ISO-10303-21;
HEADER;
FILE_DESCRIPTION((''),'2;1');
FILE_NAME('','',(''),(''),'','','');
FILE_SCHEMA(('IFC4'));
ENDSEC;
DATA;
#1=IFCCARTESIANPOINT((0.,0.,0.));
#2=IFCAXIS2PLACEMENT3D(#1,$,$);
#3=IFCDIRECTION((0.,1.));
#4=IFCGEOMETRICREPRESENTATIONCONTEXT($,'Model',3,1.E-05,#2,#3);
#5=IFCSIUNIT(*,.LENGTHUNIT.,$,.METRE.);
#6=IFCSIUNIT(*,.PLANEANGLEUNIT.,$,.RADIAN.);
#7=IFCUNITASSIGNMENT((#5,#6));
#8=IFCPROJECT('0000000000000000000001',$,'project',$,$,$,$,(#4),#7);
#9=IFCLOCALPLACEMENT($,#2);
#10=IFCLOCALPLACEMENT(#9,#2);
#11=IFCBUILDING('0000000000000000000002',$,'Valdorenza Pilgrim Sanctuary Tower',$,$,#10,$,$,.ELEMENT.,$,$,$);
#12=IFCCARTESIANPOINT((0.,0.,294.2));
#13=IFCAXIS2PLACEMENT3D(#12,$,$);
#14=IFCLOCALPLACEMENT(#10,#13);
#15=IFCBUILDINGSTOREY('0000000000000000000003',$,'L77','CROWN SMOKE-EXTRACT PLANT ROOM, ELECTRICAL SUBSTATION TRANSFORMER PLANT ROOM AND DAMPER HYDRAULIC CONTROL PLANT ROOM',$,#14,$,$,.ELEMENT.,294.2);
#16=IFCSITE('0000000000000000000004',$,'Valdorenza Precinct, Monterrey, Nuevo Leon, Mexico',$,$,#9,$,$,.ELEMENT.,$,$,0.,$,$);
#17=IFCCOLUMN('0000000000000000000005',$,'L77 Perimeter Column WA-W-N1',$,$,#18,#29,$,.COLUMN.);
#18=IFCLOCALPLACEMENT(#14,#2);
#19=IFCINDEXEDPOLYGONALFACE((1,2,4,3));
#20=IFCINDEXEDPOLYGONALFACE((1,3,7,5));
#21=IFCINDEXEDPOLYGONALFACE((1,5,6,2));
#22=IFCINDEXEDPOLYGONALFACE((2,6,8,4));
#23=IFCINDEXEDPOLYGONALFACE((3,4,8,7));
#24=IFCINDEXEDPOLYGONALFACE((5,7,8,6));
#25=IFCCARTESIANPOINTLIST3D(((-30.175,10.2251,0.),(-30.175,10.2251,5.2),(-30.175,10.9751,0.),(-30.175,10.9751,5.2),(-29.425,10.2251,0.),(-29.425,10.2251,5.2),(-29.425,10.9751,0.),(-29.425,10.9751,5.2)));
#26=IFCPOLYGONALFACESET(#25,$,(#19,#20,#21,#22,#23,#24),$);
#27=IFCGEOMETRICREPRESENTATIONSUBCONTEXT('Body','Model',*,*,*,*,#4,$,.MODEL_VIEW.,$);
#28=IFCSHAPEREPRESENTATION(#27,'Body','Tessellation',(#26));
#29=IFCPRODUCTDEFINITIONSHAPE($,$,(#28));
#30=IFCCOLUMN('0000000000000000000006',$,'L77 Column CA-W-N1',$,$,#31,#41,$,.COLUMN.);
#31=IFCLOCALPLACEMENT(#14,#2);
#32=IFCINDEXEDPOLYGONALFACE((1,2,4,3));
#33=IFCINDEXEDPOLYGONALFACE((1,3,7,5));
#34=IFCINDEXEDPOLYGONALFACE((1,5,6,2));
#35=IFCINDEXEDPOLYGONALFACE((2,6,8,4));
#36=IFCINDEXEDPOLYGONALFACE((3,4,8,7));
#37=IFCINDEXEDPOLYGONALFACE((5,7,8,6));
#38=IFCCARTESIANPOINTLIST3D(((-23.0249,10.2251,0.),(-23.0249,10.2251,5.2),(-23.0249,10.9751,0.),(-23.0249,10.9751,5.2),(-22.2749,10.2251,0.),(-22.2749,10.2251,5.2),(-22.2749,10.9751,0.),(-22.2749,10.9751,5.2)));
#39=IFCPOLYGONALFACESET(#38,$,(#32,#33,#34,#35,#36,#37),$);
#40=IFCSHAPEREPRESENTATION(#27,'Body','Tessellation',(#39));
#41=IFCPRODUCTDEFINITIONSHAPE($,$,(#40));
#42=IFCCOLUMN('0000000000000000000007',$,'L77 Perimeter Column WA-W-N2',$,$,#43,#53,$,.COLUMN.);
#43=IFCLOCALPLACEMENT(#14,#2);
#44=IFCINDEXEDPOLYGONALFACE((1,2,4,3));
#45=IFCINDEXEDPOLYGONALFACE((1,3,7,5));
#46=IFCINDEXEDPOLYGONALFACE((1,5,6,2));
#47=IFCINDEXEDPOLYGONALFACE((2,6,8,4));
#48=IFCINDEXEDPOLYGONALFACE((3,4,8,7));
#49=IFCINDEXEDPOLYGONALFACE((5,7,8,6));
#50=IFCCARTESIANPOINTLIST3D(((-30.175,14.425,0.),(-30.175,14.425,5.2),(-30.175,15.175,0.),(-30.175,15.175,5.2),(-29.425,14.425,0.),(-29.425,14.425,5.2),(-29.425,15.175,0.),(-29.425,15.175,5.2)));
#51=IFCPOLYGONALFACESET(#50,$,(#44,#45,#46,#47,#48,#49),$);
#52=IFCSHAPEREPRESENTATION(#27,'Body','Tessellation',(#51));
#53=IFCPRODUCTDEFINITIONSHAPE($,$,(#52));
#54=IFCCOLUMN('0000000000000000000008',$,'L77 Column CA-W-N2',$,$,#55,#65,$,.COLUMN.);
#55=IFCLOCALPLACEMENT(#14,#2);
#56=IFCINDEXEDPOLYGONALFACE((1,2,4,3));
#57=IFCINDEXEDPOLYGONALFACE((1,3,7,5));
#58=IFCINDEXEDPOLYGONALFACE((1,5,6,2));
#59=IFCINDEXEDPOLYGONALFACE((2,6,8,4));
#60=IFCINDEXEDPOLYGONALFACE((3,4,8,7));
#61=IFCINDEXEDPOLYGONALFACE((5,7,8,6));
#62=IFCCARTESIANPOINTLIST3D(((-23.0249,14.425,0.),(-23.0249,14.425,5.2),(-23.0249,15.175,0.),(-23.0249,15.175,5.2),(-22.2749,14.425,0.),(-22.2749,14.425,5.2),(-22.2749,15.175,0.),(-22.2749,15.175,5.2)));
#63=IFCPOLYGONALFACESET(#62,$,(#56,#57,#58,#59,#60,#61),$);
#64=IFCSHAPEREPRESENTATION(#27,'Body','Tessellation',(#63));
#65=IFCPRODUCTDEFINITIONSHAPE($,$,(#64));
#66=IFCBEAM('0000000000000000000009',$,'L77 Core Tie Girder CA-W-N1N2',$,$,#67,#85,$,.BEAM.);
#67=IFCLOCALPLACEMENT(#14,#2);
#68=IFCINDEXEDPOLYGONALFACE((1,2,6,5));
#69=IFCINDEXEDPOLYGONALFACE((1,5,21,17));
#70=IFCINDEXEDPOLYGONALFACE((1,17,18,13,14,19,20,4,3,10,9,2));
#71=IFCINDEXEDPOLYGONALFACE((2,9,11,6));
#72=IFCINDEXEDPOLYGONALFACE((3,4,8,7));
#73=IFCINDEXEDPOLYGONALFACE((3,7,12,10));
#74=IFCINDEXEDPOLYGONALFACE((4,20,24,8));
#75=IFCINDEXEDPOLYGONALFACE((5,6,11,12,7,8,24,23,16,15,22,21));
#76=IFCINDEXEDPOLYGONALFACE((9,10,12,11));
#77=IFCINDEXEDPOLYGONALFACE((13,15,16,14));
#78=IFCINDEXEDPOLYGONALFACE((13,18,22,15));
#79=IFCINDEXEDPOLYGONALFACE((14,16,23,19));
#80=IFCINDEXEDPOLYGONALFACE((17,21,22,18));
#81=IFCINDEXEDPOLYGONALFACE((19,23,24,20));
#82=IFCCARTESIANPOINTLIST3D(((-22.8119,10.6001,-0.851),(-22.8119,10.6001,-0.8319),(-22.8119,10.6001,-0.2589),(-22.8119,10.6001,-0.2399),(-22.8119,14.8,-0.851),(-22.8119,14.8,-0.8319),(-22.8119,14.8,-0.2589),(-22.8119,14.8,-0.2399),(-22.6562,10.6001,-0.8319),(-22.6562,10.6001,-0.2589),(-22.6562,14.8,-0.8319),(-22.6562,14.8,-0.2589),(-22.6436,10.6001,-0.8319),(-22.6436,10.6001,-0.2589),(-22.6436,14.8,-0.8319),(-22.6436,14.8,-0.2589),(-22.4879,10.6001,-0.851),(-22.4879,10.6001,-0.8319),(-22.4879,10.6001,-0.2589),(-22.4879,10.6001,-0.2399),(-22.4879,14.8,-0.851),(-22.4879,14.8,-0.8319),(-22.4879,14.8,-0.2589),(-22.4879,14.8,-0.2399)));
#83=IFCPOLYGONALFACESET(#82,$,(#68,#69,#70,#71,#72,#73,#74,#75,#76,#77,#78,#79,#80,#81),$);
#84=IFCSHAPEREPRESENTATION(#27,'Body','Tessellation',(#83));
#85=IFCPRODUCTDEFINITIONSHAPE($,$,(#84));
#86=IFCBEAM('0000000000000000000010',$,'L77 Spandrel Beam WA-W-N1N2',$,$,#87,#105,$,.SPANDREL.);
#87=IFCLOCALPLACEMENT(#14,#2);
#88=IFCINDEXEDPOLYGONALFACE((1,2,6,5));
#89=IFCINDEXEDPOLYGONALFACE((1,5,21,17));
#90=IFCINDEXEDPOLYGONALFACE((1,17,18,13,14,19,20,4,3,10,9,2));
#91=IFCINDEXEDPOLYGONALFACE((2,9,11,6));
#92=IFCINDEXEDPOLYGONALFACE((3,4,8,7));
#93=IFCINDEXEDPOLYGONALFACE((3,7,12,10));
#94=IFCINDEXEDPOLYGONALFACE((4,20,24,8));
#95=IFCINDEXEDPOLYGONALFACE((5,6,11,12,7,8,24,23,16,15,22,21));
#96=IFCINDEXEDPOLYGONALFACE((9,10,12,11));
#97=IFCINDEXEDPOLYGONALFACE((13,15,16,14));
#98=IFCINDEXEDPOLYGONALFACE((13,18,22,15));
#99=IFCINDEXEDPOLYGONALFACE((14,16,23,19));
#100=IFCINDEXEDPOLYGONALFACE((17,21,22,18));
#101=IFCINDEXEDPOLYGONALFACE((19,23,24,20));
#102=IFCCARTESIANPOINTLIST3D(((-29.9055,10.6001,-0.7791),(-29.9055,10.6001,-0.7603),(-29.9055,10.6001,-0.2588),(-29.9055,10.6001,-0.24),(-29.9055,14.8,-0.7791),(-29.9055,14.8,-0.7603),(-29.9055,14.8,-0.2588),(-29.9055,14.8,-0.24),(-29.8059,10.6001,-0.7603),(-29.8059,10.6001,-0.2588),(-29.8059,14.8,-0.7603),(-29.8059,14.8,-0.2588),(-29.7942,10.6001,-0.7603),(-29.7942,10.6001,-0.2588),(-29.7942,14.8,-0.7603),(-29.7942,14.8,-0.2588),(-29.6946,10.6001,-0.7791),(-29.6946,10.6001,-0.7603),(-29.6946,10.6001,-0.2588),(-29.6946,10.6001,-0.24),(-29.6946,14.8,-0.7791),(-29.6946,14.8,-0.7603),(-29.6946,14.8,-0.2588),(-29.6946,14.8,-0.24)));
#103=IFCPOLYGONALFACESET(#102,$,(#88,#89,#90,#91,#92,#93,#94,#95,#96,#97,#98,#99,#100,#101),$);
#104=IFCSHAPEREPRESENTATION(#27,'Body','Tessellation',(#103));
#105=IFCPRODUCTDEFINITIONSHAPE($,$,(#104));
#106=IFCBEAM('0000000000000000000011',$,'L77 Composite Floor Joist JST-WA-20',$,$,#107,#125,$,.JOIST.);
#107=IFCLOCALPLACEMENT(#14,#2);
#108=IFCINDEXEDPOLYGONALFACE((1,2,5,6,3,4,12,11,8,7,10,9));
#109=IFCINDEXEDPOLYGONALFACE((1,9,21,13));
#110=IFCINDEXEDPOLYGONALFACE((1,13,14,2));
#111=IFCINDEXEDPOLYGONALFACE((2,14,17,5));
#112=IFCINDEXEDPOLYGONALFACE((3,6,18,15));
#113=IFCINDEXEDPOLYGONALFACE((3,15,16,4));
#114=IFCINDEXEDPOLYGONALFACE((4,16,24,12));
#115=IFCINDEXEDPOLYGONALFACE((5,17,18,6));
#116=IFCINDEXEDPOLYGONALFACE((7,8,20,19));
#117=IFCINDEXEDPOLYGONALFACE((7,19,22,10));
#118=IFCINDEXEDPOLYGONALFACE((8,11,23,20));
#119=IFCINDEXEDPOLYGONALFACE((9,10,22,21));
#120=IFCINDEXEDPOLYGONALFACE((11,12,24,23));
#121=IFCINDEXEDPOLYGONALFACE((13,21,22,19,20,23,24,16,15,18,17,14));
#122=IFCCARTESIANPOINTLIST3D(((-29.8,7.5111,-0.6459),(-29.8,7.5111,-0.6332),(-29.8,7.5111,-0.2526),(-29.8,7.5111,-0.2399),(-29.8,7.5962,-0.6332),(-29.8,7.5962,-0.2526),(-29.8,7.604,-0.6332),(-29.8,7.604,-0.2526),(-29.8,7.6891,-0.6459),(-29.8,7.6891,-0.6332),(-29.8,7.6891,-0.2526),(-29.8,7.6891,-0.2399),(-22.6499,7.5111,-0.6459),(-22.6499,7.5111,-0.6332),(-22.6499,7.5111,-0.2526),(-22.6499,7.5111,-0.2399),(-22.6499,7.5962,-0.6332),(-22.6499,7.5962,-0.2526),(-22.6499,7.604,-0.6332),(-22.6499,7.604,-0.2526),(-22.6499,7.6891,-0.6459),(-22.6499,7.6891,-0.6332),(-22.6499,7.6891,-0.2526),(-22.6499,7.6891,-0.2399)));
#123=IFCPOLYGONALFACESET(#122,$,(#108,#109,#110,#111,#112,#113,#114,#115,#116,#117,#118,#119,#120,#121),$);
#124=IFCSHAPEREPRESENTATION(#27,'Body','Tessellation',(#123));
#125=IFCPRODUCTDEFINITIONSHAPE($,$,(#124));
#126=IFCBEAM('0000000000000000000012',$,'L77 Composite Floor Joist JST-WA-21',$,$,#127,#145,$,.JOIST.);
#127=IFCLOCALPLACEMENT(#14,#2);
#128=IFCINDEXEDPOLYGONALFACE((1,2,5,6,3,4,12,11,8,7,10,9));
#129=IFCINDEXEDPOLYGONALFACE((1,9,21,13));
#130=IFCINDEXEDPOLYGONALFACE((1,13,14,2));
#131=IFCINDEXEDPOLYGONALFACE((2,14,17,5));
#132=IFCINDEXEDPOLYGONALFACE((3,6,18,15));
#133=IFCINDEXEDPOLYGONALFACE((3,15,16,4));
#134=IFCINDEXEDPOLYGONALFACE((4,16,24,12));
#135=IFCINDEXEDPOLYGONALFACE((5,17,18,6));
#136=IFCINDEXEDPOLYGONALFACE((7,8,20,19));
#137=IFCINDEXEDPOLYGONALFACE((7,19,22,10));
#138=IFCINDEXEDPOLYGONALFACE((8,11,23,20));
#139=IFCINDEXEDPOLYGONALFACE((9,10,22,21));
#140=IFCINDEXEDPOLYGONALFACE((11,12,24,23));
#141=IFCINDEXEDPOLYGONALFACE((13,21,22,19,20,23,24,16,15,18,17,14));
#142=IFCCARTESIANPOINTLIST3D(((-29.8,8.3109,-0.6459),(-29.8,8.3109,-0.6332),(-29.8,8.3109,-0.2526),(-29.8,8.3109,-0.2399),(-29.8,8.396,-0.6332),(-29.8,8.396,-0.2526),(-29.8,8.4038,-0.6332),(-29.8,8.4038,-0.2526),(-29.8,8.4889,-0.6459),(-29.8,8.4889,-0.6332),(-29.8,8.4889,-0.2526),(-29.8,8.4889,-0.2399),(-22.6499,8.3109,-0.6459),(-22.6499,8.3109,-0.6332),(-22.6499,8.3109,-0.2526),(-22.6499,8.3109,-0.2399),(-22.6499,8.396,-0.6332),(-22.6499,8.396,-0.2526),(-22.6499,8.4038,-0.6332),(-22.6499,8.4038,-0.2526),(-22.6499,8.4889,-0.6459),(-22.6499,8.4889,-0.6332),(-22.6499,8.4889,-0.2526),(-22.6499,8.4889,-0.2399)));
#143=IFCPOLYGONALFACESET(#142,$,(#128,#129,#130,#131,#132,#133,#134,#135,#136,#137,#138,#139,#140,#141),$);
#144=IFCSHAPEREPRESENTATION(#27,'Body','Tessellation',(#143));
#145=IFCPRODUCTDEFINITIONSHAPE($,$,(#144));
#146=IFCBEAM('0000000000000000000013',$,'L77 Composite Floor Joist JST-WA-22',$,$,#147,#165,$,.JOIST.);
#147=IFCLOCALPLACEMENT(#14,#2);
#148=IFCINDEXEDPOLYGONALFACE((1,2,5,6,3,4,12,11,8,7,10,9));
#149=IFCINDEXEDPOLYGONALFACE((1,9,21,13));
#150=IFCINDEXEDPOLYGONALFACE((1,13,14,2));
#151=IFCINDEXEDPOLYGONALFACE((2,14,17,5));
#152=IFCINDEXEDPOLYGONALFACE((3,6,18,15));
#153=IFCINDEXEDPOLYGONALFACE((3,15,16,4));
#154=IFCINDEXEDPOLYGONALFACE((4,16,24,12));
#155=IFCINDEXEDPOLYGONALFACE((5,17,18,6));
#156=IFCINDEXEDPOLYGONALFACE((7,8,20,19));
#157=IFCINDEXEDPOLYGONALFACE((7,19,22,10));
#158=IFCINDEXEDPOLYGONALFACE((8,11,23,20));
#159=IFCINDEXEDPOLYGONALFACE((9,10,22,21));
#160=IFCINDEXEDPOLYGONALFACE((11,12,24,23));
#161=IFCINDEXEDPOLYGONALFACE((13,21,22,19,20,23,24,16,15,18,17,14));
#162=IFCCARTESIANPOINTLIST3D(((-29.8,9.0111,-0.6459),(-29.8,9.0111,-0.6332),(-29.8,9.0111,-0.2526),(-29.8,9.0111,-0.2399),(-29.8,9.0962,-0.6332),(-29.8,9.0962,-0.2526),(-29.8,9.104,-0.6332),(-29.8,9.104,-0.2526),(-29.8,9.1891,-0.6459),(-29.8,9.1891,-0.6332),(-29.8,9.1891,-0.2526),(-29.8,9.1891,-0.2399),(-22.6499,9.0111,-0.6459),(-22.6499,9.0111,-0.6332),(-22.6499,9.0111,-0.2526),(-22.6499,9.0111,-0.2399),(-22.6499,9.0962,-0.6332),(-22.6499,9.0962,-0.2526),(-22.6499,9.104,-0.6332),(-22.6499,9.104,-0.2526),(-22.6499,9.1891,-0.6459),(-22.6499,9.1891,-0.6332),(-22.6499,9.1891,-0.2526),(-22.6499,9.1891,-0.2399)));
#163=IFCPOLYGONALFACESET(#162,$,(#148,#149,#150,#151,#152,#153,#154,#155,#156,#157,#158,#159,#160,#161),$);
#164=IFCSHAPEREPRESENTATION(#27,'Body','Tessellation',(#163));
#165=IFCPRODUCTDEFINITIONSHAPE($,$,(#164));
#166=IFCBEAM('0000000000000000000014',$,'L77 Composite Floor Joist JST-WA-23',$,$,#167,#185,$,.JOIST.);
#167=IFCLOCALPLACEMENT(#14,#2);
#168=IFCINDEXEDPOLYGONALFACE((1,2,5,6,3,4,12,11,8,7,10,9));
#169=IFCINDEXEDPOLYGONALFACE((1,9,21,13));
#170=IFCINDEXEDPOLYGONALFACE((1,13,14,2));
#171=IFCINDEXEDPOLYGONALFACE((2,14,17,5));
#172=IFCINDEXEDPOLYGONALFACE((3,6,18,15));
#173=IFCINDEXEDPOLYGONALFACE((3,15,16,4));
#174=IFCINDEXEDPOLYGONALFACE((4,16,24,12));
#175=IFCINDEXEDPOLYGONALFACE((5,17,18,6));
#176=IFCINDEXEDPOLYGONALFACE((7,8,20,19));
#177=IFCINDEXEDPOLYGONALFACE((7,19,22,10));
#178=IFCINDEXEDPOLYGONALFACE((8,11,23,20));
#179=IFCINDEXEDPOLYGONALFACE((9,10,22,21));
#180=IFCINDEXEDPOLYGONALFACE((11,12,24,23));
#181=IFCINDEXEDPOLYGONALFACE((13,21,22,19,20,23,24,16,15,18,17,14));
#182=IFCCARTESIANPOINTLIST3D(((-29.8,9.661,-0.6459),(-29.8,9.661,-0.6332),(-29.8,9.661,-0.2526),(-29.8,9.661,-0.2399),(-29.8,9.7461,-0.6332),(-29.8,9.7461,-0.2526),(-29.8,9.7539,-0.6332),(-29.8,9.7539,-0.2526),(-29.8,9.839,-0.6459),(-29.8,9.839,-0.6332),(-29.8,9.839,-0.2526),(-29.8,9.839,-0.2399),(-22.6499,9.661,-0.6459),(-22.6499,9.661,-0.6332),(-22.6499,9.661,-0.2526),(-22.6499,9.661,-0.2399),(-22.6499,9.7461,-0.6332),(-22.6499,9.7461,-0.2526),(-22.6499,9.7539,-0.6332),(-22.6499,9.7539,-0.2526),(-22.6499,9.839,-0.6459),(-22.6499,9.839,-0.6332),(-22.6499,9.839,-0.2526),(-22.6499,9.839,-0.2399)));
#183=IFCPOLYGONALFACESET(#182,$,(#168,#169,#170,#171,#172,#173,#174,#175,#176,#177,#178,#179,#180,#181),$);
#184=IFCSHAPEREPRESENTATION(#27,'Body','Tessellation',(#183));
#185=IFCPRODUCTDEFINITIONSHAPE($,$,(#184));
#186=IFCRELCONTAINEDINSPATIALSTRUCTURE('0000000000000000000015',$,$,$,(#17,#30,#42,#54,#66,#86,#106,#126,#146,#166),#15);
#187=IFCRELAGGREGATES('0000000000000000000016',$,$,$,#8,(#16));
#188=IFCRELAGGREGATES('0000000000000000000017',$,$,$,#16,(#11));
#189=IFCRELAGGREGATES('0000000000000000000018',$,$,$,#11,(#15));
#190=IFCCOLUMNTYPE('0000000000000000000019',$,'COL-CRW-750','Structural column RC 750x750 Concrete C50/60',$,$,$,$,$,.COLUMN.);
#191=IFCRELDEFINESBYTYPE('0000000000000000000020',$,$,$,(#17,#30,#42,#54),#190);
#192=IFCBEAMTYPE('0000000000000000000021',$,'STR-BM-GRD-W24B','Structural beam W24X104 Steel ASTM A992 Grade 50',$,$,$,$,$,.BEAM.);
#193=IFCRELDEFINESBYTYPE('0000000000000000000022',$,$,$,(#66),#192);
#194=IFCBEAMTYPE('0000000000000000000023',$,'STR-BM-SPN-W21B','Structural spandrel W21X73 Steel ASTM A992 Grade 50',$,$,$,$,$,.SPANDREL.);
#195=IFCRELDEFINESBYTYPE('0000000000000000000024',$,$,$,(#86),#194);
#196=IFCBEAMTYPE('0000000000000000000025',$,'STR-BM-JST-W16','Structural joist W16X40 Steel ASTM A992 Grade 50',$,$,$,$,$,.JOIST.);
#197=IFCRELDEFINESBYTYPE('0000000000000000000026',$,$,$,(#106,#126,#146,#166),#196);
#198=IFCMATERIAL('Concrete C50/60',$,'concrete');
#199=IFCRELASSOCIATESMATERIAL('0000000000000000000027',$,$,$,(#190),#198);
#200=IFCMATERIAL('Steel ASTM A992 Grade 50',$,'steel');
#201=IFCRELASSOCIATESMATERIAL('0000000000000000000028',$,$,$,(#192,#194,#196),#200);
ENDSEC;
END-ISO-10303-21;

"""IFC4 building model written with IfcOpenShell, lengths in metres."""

from ifc_helpers import new_model, si_unit, direction, frame, origin, origin_2d, place, context, subcontext, project, spatial, rectangle, i_section, extrude, source, transform, mapped, material, material_profile, profile_set, type_object, element, save


model = new_model("IFC4")

# Units and contexts
model_context = context("Model", 3, precision=1e-05, world=origin(), true_north=direction((0.0, 1.0)))
body_context = subcontext(model_context, "Body", "Model", "MODEL_VIEW")
ifc_project = project(units=[si_unit("LENGTHUNIT", "METRE"), si_unit("PLANEANGLEUNIT", "RADIAN")], contexts=[model_context])

# Site, building, storey
site_placement = place(None, origin())
site = spatial("IfcSite", under=ifc_project, at=site_placement, Name="Valdorenza Precinct, Monterrey, Nuevo Leon, Mexico", CompositionType="ELEMENT", RefElevation=0.0)
building_placement = place(site_placement, origin())
building = spatial("IfcBuilding", under=site, at=building_placement, Name="Valdorenza Pilgrim Sanctuary Tower", CompositionType="ELEMENT")
storey_placement = place(building_placement, frame((0.0, 0.0, 294.2)))
storey = spatial("IfcBuildingStorey", under=building, at=storey_placement, Name="L77", Description="CROWN SMOKE-EXTRACT PLANT ROOM, ELECTRICAL SUBSTATION TRANSFORMER PLANT ROOM AND DAMPER HYDRAULIC CONTROL PLANT ROOM", CompositionType="ELEMENT", Elevation=294.2)

# Columns
ifc_material_1 = material(Name="Concrete C50/60", Category="concrete")
ifc_material_profile_1 = material_profile(ifc_material_1, rectangle(XDim=0.75, YDim=0.75, at=origin_2d()), Name="RC 750x750")
ifc_profile_set_1 = profile_set([ifc_material_profile_1], Name="Concrete C50/60")
column_type = type_object("IfcColumnType", Name="COL-CRW-750", Description="Structural column RC 750x750 Concrete C50/60", PredefinedType="COLUMN", material=ifc_profile_set_1)
shared_shape_1 = source(origin(), body_context, "Body", "SweptSolid", [
    extrude(rectangle(XDim=0.75, YDim=0.75, at=origin_2d()), origin(), (0.0, 0.0, 1.0), 5.2),
])
for number, where, z_axis, x_axis, name in (
    (1, (-29.8, 10.6001, 0.0), (0.0, 0.0, 1.0), (1.0, 0.0, 0.0), "L77 Perimeter Column WA-W-N1"),
    (2, (-22.6499, 10.6001, 0.0), (0.0, 0.0, 1.0), (1.0, 0.0, 0.0), "L77 Column CA-W-N1"),
    (3, (-29.8, 14.8, 0.0), (0.0, 0.0, 1.0), (1.0, 0.0, 0.0), "L77 Perimeter Column WA-W-N2"),
    (4, (-22.6499, 14.8, 0.0), (0.0, 0.0, 1.0), (1.0, 0.0, 0.0), "L77 Column CA-W-N2"),
):
    element("IfcColumn", number, at=place(storey_placement, frame(where, z_axis=z_axis, x_axis=x_axis)), inside=storey, type_object=column_type, Name=name, PredefinedType="COLUMN", context=body_context, shape_type="MappedRepresentation", body=[
        mapped(shared_shape_1, transform((0.0, 0.0, 0.0), x_axis=(1.0, 0.0, 0.0), y_axis=(0.0, 1.0, 0.0), z_axis=(0.0, 0.0, 1.0), scale=1.0)),
    ])

# Beams
ifc_material_2 = material(Name="Steel ASTM A992 Grade 50", Category="steel")
ifc_material_profile_2 = material_profile(ifc_material_2, i_section(OverallWidth=0.324, OverallDepth=0.6111, WebThickness=0.0127, FlangeThickness=0.019, at=origin_2d()), Name="W24X104")
ifc_profile_set_2 = profile_set([ifc_material_profile_2], Name="Steel ASTM A992 Grade 50")
beam_type_1 = type_object("IfcBeamType", Name="STR-BM-GRD-W24B", Description="Structural beam W24X104 Steel ASTM A992 Grade 50", PredefinedType="BEAM", material=ifc_profile_set_2)
shared_shape_2 = source(origin(), body_context, "Body", "SweptSolid", [
    extrude(i_section(OverallWidth=0.324, OverallDepth=0.6111, WebThickness=0.0127, FlangeThickness=0.019, at=origin_2d()), origin(), (0.0, 0.0, 1.0), 4.2),
])
beam_1_placement = place(storey_placement, frame((-22.6499, 10.6001, -0.5454), z_axis=(0.0, 1.0, 0.0), x_axis=(-1.0, 0.0, 0.0)))
element("IfcBeam", 5, at=beam_1_placement, inside=storey, type_object=beam_type_1, Name="L77 Core Tie Girder CA-W-N1N2", PredefinedType="BEAM", context=body_context, shape_type="MappedRepresentation", body=[
    mapped(shared_shape_2, transform((0.0, 0.0, 0.0), x_axis=(1.0, 0.0, 0.0), y_axis=(0.0, 1.0, 0.0), z_axis=(0.0, 0.0, 1.0), scale=1.0)),
])
ifc_material_profile_3 = material_profile(ifc_material_2, i_section(OverallWidth=0.2109, OverallDepth=0.5391, WebThickness=0.0117, FlangeThickness=0.0188, at=origin_2d()), Name="W21X73")
ifc_profile_set_3 = profile_set([ifc_material_profile_3], Name="Steel ASTM A992 Grade 50")
beam_type_2 = type_object("IfcBeamType", Name="STR-BM-SPN-W21B", Description="Structural spandrel W21X73 Steel ASTM A992 Grade 50", PredefinedType="SPANDREL", material=ifc_profile_set_3)
shared_shape_3 = source(origin(), body_context, "Body", "SweptSolid", [
    extrude(i_section(OverallWidth=0.2109, OverallDepth=0.5391, WebThickness=0.0117, FlangeThickness=0.0188, at=origin_2d()), origin(), (0.0, 0.0, 1.0), 4.2),
])
beam_2_placement = place(storey_placement, frame((-29.8, 10.6001, -0.5095), z_axis=(0.0, 1.0, 0.0), x_axis=(-1.0, 0.0, 0.0)))
element("IfcBeam", 6, at=beam_2_placement, inside=storey, type_object=beam_type_2, Name="L77 Spandrel Beam WA-W-N1N2", PredefinedType="SPANDREL", context=body_context, shape_type="MappedRepresentation", body=[
    mapped(shared_shape_3, transform((0.0, 0.0, 0.0), x_axis=(1.0, 0.0, 0.0), y_axis=(0.0, 1.0, 0.0), z_axis=(0.0, 0.0, 1.0), scale=1.0)),
])
ifc_material_profile_4 = material_profile(ifc_material_2, i_section(OverallWidth=0.178, OverallDepth=0.406, WebThickness=0.0078, FlangeThickness=0.0127, at=origin_2d()), Name="W16X40")
ifc_profile_set_4 = profile_set([ifc_material_profile_4], Name="Steel ASTM A992 Grade 50")
beam_type_3 = type_object("IfcBeamType", Name="STR-BM-JST-W16", Description="Structural joist W16X40 Steel ASTM A992 Grade 50", PredefinedType="JOIST", material=ifc_profile_set_4)
shared_shape_4 = source(origin(), body_context, "Body", "SweptSolid", [
    extrude(i_section(OverallWidth=0.178, OverallDepth=0.406, WebThickness=0.0078, FlangeThickness=0.0127, at=origin_2d()), origin(), (0.0, 0.0, 1.0), 7.1501),
])
for number, where, z_axis, x_axis, name in (
    (7, (-29.8, 7.6001, -0.4429), (1.0, 0.0, 0.0), (0.0, 1.0, 0.0), "L77 Composite Floor Joist JST-WA-20"),
    (8, (-29.8, 8.3999, -0.4429), (1.0, 0.0, 0.0), (0.0, 1.0, 0.0), "L77 Composite Floor Joist JST-WA-21"),
    (9, (-29.8, 9.1001, -0.4429), (1.0, 0.0, 0.0), (0.0, 1.0, 0.0), "L77 Composite Floor Joist JST-WA-22"),
    (10, (-29.8, 9.75, -0.4429), (1.0, 0.0, 0.0), (0.0, 1.0, 0.0), "L77 Composite Floor Joist JST-WA-23"),
):
    element("IfcBeam", number, at=place(storey_placement, frame(where, z_axis=z_axis, x_axis=x_axis)), inside=storey, type_object=beam_type_3, Name=name, PredefinedType="JOIST", context=body_context, shape_type="MappedRepresentation", body=[
        mapped(shared_shape_4, transform((0.0, 0.0, 0.0), x_axis=(1.0, 0.0, 0.0), y_axis=(0.0, 1.0, 0.0), z_axis=(0.0, 0.0, 1.0), scale=1.0)),
    ])

save(model, "model.ifc")
